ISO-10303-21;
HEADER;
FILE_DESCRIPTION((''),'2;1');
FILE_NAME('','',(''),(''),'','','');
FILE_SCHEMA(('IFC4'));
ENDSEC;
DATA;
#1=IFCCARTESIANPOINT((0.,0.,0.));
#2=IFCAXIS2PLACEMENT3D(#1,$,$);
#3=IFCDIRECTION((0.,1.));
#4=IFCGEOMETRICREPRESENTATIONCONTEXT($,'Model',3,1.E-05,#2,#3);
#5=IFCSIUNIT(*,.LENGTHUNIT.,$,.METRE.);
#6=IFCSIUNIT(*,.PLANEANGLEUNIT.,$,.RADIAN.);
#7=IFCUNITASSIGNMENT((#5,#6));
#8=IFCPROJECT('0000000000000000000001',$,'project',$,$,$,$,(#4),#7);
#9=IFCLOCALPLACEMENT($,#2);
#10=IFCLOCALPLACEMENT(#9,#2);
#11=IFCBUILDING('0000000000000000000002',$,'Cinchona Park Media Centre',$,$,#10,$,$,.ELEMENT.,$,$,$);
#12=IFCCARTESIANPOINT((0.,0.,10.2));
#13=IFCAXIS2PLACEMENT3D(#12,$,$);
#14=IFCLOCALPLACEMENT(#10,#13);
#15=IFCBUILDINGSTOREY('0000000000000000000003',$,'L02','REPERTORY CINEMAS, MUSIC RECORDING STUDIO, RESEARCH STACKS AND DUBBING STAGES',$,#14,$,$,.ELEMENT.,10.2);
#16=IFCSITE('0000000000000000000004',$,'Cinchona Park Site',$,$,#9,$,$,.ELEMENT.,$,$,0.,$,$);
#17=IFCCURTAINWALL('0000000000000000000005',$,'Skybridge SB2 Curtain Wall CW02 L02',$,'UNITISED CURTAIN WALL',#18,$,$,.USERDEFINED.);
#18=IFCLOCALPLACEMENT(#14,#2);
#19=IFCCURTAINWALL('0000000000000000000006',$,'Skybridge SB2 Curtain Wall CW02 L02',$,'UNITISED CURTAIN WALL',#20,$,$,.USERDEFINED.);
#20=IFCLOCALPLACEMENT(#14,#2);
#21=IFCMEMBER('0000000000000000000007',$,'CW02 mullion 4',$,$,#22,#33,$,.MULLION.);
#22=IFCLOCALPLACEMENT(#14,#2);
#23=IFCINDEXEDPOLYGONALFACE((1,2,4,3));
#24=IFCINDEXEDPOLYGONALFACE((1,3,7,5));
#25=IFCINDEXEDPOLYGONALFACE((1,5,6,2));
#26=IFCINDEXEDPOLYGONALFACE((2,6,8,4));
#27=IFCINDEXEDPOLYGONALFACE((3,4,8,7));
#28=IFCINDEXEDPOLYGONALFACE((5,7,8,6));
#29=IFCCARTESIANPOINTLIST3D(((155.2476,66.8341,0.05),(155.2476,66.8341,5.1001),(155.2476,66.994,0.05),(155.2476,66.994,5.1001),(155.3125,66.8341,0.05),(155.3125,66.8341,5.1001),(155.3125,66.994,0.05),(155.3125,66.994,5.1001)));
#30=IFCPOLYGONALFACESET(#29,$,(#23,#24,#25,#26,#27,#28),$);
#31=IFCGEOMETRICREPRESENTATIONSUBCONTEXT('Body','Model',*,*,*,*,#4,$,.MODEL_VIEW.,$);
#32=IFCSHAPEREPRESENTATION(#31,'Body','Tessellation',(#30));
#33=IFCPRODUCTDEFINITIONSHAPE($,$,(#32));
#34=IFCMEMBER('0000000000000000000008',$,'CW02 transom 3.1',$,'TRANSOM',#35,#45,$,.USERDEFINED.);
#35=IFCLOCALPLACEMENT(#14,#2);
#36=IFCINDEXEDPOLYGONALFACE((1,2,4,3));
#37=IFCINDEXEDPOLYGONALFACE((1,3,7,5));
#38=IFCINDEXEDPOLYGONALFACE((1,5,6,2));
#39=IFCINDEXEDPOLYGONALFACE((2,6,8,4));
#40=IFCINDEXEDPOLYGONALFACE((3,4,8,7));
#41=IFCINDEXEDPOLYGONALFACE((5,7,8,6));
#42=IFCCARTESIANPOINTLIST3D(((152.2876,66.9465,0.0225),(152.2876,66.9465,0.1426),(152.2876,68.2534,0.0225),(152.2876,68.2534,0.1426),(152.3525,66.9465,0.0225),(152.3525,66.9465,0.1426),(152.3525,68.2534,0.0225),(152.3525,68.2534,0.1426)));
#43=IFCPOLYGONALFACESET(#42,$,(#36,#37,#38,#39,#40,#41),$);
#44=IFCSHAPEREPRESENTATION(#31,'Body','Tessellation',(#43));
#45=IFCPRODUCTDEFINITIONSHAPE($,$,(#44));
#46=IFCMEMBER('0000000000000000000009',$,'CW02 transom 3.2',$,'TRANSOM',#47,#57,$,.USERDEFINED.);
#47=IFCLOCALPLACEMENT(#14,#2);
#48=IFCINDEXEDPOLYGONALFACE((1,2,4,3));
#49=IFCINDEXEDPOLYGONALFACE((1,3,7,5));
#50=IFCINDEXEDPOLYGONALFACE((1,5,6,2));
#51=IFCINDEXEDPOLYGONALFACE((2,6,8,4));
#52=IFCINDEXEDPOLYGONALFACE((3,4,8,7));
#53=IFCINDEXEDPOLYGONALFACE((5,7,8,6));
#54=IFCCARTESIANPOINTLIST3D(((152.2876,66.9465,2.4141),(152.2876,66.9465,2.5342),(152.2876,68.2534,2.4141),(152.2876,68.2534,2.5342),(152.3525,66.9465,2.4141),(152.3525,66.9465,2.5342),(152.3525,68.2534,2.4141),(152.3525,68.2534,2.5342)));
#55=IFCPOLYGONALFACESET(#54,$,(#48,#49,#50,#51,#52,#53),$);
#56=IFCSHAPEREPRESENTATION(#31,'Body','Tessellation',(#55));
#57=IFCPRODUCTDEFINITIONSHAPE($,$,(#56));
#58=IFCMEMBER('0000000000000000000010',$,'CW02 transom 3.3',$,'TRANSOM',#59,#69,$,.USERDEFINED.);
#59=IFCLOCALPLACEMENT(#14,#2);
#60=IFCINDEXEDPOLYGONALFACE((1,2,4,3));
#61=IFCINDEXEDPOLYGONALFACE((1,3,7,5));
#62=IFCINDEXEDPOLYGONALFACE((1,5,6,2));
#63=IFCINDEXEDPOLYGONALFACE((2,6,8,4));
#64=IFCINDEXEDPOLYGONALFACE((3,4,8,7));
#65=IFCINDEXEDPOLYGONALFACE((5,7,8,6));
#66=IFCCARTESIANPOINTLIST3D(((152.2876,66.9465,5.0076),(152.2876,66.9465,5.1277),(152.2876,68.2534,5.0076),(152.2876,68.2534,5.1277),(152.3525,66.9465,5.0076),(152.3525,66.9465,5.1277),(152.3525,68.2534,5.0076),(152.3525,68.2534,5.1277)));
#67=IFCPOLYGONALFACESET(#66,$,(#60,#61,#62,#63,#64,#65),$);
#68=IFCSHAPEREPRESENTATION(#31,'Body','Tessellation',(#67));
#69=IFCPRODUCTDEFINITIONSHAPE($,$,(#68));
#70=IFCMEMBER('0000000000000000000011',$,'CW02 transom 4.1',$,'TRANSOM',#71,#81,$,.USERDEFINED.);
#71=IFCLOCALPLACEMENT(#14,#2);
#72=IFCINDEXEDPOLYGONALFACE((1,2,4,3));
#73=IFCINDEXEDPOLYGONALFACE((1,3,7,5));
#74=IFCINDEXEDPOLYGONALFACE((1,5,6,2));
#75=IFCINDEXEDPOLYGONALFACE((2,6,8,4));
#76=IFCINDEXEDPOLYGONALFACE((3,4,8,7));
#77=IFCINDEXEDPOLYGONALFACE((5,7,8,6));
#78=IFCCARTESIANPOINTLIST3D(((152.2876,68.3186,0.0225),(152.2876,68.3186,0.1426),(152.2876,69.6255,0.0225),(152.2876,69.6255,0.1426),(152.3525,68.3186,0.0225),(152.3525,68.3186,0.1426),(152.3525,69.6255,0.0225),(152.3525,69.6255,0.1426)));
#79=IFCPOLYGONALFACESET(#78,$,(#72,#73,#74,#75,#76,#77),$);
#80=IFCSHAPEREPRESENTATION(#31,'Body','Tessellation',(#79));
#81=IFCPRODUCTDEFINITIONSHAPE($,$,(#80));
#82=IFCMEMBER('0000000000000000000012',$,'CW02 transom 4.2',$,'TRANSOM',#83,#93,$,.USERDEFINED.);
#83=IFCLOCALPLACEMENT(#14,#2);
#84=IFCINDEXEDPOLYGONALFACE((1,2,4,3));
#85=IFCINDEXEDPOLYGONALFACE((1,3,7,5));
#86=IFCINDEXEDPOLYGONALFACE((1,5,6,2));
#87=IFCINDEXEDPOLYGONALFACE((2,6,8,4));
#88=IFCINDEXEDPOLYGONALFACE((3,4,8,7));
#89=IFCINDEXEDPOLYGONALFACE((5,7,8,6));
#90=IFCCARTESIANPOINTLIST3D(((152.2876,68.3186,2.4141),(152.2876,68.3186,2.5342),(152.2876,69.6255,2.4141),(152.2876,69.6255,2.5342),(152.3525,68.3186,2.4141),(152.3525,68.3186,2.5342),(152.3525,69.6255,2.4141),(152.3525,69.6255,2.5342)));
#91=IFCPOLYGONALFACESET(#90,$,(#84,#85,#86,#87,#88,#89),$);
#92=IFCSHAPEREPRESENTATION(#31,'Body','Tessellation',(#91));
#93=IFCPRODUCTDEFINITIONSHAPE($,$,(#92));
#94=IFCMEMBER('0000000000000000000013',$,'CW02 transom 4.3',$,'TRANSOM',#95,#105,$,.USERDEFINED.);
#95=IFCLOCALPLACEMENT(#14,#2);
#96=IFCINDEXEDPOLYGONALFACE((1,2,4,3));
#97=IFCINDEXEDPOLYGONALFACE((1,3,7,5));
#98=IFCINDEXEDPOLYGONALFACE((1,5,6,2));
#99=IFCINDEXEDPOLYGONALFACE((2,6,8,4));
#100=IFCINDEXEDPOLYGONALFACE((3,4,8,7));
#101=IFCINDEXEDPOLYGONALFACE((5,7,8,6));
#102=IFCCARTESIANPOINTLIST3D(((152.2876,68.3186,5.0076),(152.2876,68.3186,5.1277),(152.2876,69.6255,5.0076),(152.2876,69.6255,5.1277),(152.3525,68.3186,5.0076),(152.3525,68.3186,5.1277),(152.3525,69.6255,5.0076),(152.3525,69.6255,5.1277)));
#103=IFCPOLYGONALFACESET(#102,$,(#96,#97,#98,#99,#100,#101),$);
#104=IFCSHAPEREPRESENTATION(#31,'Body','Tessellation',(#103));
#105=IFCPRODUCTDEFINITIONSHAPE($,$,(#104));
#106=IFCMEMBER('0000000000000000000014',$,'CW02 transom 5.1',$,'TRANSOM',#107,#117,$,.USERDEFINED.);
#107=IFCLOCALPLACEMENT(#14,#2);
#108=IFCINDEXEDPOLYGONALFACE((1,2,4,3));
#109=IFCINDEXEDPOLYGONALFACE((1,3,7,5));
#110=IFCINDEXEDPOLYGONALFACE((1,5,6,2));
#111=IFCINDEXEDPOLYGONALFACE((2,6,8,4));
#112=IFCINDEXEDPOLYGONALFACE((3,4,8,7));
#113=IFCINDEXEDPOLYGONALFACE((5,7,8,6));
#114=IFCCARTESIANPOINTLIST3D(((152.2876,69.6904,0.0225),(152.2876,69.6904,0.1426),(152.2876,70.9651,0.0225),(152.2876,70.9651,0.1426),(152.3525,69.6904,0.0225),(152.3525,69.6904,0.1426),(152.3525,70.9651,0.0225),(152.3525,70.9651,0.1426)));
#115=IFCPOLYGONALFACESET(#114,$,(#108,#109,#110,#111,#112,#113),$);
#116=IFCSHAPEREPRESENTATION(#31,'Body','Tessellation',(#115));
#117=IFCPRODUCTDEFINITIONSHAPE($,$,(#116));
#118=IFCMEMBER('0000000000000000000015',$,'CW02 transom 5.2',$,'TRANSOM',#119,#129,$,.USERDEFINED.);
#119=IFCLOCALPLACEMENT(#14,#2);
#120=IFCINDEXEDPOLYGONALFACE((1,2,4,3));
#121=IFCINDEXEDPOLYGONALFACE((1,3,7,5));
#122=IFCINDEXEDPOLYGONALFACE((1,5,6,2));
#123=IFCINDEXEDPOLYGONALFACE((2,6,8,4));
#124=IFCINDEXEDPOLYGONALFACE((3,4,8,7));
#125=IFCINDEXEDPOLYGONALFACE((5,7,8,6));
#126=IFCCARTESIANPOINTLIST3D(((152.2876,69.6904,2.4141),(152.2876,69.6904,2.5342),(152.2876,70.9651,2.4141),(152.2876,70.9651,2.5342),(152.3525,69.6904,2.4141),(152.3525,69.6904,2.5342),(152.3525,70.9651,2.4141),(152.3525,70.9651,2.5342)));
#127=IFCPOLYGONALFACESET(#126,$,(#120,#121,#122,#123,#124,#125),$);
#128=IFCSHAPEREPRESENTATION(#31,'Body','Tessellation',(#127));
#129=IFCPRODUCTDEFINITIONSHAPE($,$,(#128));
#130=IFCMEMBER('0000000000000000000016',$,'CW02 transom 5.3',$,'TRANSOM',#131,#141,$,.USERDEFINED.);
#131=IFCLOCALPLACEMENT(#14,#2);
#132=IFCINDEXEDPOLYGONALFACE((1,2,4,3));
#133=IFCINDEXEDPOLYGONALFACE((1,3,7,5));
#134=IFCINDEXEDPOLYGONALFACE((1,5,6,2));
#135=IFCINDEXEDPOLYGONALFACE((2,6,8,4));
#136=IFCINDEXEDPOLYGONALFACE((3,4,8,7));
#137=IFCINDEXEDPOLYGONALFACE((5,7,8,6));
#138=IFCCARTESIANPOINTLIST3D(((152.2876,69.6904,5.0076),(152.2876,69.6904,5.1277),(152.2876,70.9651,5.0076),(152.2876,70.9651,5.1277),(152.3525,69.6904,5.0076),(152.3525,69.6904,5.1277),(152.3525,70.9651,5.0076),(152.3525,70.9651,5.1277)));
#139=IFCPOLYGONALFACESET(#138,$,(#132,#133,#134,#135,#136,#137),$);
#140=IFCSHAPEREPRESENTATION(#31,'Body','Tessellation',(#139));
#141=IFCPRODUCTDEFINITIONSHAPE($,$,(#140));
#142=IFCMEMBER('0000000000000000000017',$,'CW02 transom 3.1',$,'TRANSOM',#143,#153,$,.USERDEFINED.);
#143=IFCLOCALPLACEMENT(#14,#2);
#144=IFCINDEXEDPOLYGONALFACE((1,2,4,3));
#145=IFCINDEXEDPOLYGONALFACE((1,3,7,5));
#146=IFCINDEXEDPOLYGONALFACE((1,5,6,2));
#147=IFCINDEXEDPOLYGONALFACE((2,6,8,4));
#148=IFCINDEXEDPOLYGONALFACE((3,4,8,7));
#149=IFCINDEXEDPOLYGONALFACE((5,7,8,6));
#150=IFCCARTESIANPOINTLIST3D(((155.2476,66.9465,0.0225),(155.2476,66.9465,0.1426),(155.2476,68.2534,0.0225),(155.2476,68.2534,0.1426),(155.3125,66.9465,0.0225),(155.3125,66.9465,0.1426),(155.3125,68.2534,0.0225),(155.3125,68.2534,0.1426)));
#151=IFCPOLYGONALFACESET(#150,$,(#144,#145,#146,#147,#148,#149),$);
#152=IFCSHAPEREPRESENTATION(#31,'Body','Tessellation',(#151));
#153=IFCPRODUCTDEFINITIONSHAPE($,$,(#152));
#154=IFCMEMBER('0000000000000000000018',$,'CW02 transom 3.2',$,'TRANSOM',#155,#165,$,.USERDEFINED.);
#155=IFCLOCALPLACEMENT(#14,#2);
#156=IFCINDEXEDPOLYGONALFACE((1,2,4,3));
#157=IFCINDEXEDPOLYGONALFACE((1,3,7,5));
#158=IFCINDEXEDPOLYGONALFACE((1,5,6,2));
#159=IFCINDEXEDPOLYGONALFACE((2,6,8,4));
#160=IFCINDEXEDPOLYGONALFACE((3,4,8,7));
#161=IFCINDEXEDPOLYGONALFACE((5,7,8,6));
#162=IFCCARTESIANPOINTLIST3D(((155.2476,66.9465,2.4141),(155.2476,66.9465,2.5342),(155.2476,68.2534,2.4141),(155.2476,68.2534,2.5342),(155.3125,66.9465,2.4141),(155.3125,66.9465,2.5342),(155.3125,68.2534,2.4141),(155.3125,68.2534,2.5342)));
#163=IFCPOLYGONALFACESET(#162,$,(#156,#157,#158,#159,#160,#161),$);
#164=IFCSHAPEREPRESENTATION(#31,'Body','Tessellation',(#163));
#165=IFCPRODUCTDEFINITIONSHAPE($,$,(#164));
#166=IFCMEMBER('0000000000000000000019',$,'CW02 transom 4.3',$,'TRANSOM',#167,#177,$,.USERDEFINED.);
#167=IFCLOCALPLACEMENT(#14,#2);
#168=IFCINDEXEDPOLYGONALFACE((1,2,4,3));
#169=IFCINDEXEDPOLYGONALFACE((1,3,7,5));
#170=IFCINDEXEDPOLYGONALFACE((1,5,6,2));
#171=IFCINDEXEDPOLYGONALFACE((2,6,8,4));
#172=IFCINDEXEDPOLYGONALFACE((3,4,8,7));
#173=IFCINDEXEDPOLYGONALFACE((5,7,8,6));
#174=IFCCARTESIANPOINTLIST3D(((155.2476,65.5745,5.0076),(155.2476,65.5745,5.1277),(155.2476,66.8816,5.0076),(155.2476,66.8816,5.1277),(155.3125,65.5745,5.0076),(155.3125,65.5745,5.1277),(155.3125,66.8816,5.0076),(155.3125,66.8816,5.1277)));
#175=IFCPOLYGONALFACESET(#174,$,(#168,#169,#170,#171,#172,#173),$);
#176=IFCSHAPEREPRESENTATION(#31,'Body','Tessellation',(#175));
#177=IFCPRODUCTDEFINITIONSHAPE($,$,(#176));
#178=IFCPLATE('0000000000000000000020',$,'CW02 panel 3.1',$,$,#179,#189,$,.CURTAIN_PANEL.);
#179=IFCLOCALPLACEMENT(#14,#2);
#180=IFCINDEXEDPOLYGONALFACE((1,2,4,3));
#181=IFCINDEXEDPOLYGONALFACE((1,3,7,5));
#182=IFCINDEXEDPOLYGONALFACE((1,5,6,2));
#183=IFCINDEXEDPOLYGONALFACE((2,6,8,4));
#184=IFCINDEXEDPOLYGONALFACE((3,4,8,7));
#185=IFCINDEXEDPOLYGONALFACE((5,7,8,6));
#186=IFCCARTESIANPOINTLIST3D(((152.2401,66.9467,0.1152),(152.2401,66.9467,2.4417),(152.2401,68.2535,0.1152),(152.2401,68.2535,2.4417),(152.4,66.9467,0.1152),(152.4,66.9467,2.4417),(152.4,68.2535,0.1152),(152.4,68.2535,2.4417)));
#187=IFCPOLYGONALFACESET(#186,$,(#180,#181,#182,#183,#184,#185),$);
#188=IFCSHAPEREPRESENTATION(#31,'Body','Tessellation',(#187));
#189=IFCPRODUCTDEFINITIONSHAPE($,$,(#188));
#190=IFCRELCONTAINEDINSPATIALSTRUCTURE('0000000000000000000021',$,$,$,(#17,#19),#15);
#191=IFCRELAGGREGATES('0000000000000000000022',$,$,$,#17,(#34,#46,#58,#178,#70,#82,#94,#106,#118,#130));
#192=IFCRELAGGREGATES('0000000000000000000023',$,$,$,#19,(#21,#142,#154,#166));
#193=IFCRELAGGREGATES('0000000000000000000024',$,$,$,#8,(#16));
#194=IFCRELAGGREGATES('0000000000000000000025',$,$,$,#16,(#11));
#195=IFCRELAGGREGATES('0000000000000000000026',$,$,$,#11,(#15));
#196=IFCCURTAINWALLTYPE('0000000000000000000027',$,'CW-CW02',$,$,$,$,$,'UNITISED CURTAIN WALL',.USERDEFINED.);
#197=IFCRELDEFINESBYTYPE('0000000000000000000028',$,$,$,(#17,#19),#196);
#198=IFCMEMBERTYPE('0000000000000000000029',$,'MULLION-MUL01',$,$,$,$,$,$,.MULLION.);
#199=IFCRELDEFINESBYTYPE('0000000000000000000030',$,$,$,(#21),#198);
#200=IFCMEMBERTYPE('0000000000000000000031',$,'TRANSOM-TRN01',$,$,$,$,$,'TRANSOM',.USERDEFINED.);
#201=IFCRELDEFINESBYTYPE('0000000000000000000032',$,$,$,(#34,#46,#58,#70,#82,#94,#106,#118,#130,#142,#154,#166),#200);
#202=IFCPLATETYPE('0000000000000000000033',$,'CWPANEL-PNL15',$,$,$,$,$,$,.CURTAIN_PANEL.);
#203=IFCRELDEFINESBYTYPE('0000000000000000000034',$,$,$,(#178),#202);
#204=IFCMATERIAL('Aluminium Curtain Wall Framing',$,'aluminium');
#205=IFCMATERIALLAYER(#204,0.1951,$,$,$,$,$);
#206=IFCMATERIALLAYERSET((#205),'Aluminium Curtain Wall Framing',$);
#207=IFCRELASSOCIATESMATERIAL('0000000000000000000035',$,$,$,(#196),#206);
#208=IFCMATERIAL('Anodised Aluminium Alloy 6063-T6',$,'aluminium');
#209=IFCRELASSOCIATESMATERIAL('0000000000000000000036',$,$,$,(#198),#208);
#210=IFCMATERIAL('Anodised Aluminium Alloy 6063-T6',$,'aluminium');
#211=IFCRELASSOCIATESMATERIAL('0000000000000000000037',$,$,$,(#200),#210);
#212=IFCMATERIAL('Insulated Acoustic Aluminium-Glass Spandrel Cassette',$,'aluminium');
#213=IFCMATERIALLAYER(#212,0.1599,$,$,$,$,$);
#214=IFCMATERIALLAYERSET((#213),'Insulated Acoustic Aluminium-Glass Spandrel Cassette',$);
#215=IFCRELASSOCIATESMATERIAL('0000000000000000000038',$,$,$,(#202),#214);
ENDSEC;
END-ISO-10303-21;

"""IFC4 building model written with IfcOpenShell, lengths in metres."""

from ifc_helpers import new_model, si_unit, direction, frame, origin, origin_2d, place, context, subcontext, project, spatial, rectangle, extrude, material, layer, layer_set, material_profile, profile_set, type_object, element, aggregate, save


model = new_model("IFC4")

# Units and contexts
model_context = context("Model", 3, precision=1e-05, world=origin(), true_north=direction((0.0, 1.0)))
body_context = subcontext(model_context, "Body", "Model", "MODEL_VIEW")
ifc_project = project(units=[si_unit("LENGTHUNIT", "METRE"), si_unit("PLANEANGLEUNIT", "RADIAN")], contexts=[model_context])

# Site, building, storey
site_placement = place(None, origin())
site = spatial("IfcSite", under=ifc_project, at=site_placement, Name="Cinchona Park Site", CompositionType="ELEMENT", RefElevation=0.0)
building_placement = place(site_placement, origin())
building = spatial("IfcBuilding", under=site, at=building_placement, Name="Cinchona Park Media Centre", CompositionType="ELEMENT")
storey_placement = place(building_placement, frame((0.0, 0.0, 10.2)))
storey = spatial("IfcBuildingStorey", under=building, at=storey_placement, Name="L02", Description="REPERTORY CINEMAS, MUSIC RECORDING STUDIO, RESEARCH STACKS AND DUBBING STAGES", CompositionType="ELEMENT", Elevation=10.2)

# Curtain wall
ifc_material_1 = material(Name="Aluminium Curtain Wall Framing", Category="aluminium")
ifc_layer_1 = layer(ifc_material_1, 0.1951)
ifc_layer_set_1 = layer_set([ifc_layer_1], Name="Aluminium Curtain Wall Framing")
curtain_wall_type = type_object("IfcCurtainWallType", Name="CW-CW02", ElementType="UNITISED CURTAIN WALL", PredefinedType="USERDEFINED", material=ifc_layer_set_1)
curtain_wall_1_placement = place(storey_placement, origin())
curtain_wall_1 = element("IfcCurtainWall", 1, at=curtain_wall_1_placement, inside=storey, type_object=curtain_wall_type, Name="Skybridge SB2 Curtain Wall CW02 L02", ObjectType="UNITISED CURTAIN WALL", PredefinedType="USERDEFINED")
ifc_material_2 = material(Name="Anodised Aluminium Alloy 6063-T6", Category="aluminium")
ifc_material_profile_1 = material_profile(ifc_material_2, rectangle(XDim=0.0649, YDim=0.1599, at=origin_2d()), Name="MUL-65X160")
ifc_profile_set_1 = profile_set([ifc_material_profile_1], Name="Anodised Aluminium Alloy 6063-T6")
member_type_1 = type_object("IfcMemberType", Name="MULLION-MUL01", PredefinedType="MULLION", material=ifc_profile_set_1)

# Curtain wall, member
curtain_wall_2_placement = place(storey_placement, origin())
curtain_wall_2 = element("IfcCurtainWall", 2, at=curtain_wall_2_placement, inside=storey, type_object=curtain_wall_type, Name="Skybridge SB2 Curtain Wall CW02 L02", ObjectType="UNITISED CURTAIN WALL", PredefinedType="USERDEFINED")
member_1_placement = place(storey_placement, frame((155.28, 66.9141, 0.05), z_axis=(0.0, 0.0, 1.0), x_axis=(1.0, 0.0, 0.0)))
member_1 = element("IfcMember", 3, at=member_1_placement, type_object=member_type_1, Name="CW02 mullion 4", PredefinedType="MULLION", context=body_context, shape_type="SweptSolid", body=[
    extrude(rectangle(XDim=0.0649, YDim=0.1599, at=origin_2d()), origin(), (0.0, 0.0, 1.0), 5.05),
])

# Members
ifc_material_3 = material(Name="Anodised Aluminium Alloy 6063-T6", Category="aluminium")
ifc_material_profile_2 = material_profile(ifc_material_3, rectangle(XDim=0.0649, YDim=0.1201, at=origin_2d()), Name="TRN-65X120")
ifc_profile_set_2 = profile_set([ifc_material_profile_2], Name="Anodised Aluminium Alloy 6063-T6")
member_type_2 = type_object("IfcMemberType", Name="TRANSOM-TRN01", ElementType="TRANSOM", PredefinedType="USERDEFINED", material=ifc_profile_set_2)
member_2_placement = place(storey_placement, frame((152.3201, 66.9465, 0.0825), z_axis=(0.0, 1.0, 0.0), x_axis=(-1.0, 0.0, 0.0)))
member_2 = element("IfcMember", 4, at=member_2_placement, type_object=member_type_2, Name="CW02 transom 3.1", ObjectType="TRANSOM", PredefinedType="USERDEFINED", context=body_context, shape_type="SweptSolid", body=[
    extrude(rectangle(XDim=0.0649, YDim=0.1201, at=origin_2d()), origin(), (0.0, 0.0, 1.0), 1.3069),
])
member_3_placement = place(storey_placement, frame((152.3201, 66.9465, 2.4741), z_axis=(0.0, 1.0, 0.0), x_axis=(-1.0, 0.0, 0.0)))
member_3 = element("IfcMember", 5, at=member_3_placement, type_object=member_type_2, Name="CW02 transom 3.2", ObjectType="TRANSOM", PredefinedType="USERDEFINED", context=body_context, shape_type="SweptSolid", body=[
    extrude(rectangle(XDim=0.0649, YDim=0.1201, at=origin_2d()), origin(), (0.0, 0.0, 1.0), 1.3069),
])
member_4_placement = place(storey_placement, frame((152.3201, 66.9465, 5.0676), z_axis=(0.0, 1.0, 0.0), x_axis=(-1.0, 0.0, 0.0)))
member_4 = element("IfcMember", 6, at=member_4_placement, type_object=member_type_2, Name="CW02 transom 3.3", ObjectType="TRANSOM", PredefinedType="USERDEFINED", context=body_context, shape_type="SweptSolid", body=[
    extrude(rectangle(XDim=0.0649, YDim=0.1201, at=origin_2d()), origin(), (0.0, 0.0, 1.0), 1.3069),
])
member_5_placement = place(storey_placement, frame((152.3201, 68.3186, 0.0825), z_axis=(0.0, 1.0, 0.0), x_axis=(-1.0, 0.0, 0.0)))
member_5 = element("IfcMember", 7, at=member_5_placement, type_object=member_type_2, Name="CW02 transom 4.1", ObjectType="TRANSOM", PredefinedType="USERDEFINED", context=body_context, shape_type="SweptSolid", body=[
    extrude(rectangle(XDim=0.0649, YDim=0.1201, at=origin_2d()), origin(), (0.0, 0.0, 1.0), 1.3069),
])
member_6_placement = place(storey_placement, frame((152.3201, 68.3186, 2.4741), z_axis=(0.0, 1.0, 0.0), x_axis=(-1.0, 0.0, 0.0)))
member_6 = element("IfcMember", 8, at=member_6_placement, type_object=member_type_2, Name="CW02 transom 4.2", ObjectType="TRANSOM", PredefinedType="USERDEFINED", context=body_context, shape_type="SweptSolid", body=[
    extrude(rectangle(XDim=0.0649, YDim=0.1201, at=origin_2d()), origin(), (0.0, 0.0, 1.0), 1.3069),
])
member_7_placement = place(storey_placement, frame((152.3201, 68.3186, 5.0676), z_axis=(0.0, 1.0, 0.0), x_axis=(-1.0, 0.0, 0.0)))
member_7 = element("IfcMember", 9, at=member_7_placement, type_object=member_type_2, Name="CW02 transom 4.3", ObjectType="TRANSOM", PredefinedType="USERDEFINED", context=body_context, shape_type="SweptSolid", body=[
    extrude(rectangle(XDim=0.0649, YDim=0.1201, at=origin_2d()), origin(), (0.0, 0.0, 1.0), 1.3069),
])
member_8_placement = place(storey_placement, frame((152.3201, 69.6904, 0.0825), z_axis=(0.0, 1.0, 0.0), x_axis=(-1.0, 0.0, 0.0)))
member_8 = element("IfcMember", 10, at=member_8_placement, type_object=member_type_2, Name="CW02 transom 5.1", ObjectType="TRANSOM", PredefinedType="USERDEFINED", context=body_context, shape_type="SweptSolid", body=[
    extrude(rectangle(XDim=0.0649, YDim=0.1201, at=origin_2d()), origin(), (0.0, 0.0, 1.0), 1.2747),
])
member_9_placement = place(storey_placement, frame((152.3201, 69.6904, 2.4741), z_axis=(0.0, 1.0, 0.0), x_axis=(-1.0, 0.0, 0.0)))
member_9 = element("IfcMember", 11, at=member_9_placement, type_object=member_type_2, Name="CW02 transom 5.2", ObjectType="TRANSOM", PredefinedType="USERDEFINED", context=body_context, shape_type="SweptSolid", body=[
    extrude(rectangle(XDim=0.0649, YDim=0.1201, at=origin_2d()), origin(), (0.0, 0.0, 1.0), 1.2747),
])
member_10_placement = place(storey_placement, frame((152.3201, 69.6904, 5.0676), z_axis=(0.0, 1.0, 0.0), x_axis=(-1.0, 0.0, 0.0)))
member_10 = element("IfcMember", 12, at=member_10_placement, type_object=member_type_2, Name="CW02 transom 5.3", ObjectType="TRANSOM", PredefinedType="USERDEFINED", context=body_context, shape_type="SweptSolid", body=[
    extrude(rectangle(XDim=0.0649, YDim=0.1201, at=origin_2d()), origin(), (0.0, 0.0, 1.0), 1.2747),
])
member_11_placement = place(storey_placement, frame((155.28, 68.2534, 0.0825), z_axis=(0.0, -1.0, 0.0), x_axis=(1.0, 0.0, 0.0)))
member_11 = element("IfcMember", 13, at=member_11_placement, type_object=member_type_2, Name="CW02 transom 3.1", ObjectType="TRANSOM", PredefinedType="USERDEFINED", context=body_context, shape_type="SweptSolid", body=[
    extrude(rectangle(XDim=0.0649, YDim=0.1201, at=origin_2d()), origin(), (0.0, 0.0, 1.0), 1.3069),
])
member_12_placement = place(storey_placement, frame((155.28, 68.2534, 2.4741), z_axis=(0.0, -1.0, 0.0), x_axis=(1.0, 0.0, 0.0)))
member_12 = element("IfcMember", 14, at=member_12_placement, type_object=member_type_2, Name="CW02 transom 3.2", ObjectType="TRANSOM", PredefinedType="USERDEFINED", context=body_context, shape_type="SweptSolid", body=[
    extrude(rectangle(XDim=0.0649, YDim=0.1201, at=origin_2d()), origin(), (0.0, 0.0, 1.0), 1.3069),
])
member_13_placement = place(storey_placement, frame((155.28, 66.8816, 5.0676), z_axis=(0.0, -1.0, 0.0), x_axis=(1.0, 0.0, 0.0)))
member_13 = element("IfcMember", 15, at=member_13_placement, type_object=member_type_2, Name="CW02 transom 4.3", ObjectType="TRANSOM", PredefinedType="USERDEFINED", context=body_context, shape_type="SweptSolid", body=[
    extrude(rectangle(XDim=0.0649, YDim=0.1201, at=origin_2d()), origin(), (0.0, 0.0, 1.0), 1.3071),
])

# Plate
ifc_material_4 = material(Name="Insulated Acoustic Aluminium-Glass Spandrel Cassette", Category="aluminium")
ifc_layer_2 = layer(ifc_material_4, 0.1599)
ifc_layer_set_2 = layer_set([ifc_layer_2], Name="Insulated Acoustic Aluminium-Glass Spandrel Cassette")
plate_type_1 = type_object("IfcPlateType", Name="CWPANEL-PNL15", PredefinedType="CURTAIN_PANEL", material=ifc_layer_set_2)
plate_1_placement = place(storey_placement, frame((152.3201, 67.6001, 0.1152), z_axis=(0.0, 0.0, 1.0), x_axis=(0.0, 1.0, 0.0)))
plate_1 = element("IfcPlate", 16, at=plate_1_placement, type_object=plate_type_1, Name="CW02 panel 3.1", PredefinedType="CURTAIN_PANEL", context=body_context, shape_type="SweptSolid", body=[
    extrude(rectangle(XDim=1.3069, YDim=0.1599, at=origin_2d()), origin(), (0.0, 0.0, 1.0), 2.3264),
])
aggregate(curtain_wall_1, [member_2, member_3, member_4, plate_1, member_5, member_6, member_7, member_8, member_9, member_10])
aggregate(curtain_wall_2, [member_1, member_11, member_12, member_13])

save(model, "model.ifc")
